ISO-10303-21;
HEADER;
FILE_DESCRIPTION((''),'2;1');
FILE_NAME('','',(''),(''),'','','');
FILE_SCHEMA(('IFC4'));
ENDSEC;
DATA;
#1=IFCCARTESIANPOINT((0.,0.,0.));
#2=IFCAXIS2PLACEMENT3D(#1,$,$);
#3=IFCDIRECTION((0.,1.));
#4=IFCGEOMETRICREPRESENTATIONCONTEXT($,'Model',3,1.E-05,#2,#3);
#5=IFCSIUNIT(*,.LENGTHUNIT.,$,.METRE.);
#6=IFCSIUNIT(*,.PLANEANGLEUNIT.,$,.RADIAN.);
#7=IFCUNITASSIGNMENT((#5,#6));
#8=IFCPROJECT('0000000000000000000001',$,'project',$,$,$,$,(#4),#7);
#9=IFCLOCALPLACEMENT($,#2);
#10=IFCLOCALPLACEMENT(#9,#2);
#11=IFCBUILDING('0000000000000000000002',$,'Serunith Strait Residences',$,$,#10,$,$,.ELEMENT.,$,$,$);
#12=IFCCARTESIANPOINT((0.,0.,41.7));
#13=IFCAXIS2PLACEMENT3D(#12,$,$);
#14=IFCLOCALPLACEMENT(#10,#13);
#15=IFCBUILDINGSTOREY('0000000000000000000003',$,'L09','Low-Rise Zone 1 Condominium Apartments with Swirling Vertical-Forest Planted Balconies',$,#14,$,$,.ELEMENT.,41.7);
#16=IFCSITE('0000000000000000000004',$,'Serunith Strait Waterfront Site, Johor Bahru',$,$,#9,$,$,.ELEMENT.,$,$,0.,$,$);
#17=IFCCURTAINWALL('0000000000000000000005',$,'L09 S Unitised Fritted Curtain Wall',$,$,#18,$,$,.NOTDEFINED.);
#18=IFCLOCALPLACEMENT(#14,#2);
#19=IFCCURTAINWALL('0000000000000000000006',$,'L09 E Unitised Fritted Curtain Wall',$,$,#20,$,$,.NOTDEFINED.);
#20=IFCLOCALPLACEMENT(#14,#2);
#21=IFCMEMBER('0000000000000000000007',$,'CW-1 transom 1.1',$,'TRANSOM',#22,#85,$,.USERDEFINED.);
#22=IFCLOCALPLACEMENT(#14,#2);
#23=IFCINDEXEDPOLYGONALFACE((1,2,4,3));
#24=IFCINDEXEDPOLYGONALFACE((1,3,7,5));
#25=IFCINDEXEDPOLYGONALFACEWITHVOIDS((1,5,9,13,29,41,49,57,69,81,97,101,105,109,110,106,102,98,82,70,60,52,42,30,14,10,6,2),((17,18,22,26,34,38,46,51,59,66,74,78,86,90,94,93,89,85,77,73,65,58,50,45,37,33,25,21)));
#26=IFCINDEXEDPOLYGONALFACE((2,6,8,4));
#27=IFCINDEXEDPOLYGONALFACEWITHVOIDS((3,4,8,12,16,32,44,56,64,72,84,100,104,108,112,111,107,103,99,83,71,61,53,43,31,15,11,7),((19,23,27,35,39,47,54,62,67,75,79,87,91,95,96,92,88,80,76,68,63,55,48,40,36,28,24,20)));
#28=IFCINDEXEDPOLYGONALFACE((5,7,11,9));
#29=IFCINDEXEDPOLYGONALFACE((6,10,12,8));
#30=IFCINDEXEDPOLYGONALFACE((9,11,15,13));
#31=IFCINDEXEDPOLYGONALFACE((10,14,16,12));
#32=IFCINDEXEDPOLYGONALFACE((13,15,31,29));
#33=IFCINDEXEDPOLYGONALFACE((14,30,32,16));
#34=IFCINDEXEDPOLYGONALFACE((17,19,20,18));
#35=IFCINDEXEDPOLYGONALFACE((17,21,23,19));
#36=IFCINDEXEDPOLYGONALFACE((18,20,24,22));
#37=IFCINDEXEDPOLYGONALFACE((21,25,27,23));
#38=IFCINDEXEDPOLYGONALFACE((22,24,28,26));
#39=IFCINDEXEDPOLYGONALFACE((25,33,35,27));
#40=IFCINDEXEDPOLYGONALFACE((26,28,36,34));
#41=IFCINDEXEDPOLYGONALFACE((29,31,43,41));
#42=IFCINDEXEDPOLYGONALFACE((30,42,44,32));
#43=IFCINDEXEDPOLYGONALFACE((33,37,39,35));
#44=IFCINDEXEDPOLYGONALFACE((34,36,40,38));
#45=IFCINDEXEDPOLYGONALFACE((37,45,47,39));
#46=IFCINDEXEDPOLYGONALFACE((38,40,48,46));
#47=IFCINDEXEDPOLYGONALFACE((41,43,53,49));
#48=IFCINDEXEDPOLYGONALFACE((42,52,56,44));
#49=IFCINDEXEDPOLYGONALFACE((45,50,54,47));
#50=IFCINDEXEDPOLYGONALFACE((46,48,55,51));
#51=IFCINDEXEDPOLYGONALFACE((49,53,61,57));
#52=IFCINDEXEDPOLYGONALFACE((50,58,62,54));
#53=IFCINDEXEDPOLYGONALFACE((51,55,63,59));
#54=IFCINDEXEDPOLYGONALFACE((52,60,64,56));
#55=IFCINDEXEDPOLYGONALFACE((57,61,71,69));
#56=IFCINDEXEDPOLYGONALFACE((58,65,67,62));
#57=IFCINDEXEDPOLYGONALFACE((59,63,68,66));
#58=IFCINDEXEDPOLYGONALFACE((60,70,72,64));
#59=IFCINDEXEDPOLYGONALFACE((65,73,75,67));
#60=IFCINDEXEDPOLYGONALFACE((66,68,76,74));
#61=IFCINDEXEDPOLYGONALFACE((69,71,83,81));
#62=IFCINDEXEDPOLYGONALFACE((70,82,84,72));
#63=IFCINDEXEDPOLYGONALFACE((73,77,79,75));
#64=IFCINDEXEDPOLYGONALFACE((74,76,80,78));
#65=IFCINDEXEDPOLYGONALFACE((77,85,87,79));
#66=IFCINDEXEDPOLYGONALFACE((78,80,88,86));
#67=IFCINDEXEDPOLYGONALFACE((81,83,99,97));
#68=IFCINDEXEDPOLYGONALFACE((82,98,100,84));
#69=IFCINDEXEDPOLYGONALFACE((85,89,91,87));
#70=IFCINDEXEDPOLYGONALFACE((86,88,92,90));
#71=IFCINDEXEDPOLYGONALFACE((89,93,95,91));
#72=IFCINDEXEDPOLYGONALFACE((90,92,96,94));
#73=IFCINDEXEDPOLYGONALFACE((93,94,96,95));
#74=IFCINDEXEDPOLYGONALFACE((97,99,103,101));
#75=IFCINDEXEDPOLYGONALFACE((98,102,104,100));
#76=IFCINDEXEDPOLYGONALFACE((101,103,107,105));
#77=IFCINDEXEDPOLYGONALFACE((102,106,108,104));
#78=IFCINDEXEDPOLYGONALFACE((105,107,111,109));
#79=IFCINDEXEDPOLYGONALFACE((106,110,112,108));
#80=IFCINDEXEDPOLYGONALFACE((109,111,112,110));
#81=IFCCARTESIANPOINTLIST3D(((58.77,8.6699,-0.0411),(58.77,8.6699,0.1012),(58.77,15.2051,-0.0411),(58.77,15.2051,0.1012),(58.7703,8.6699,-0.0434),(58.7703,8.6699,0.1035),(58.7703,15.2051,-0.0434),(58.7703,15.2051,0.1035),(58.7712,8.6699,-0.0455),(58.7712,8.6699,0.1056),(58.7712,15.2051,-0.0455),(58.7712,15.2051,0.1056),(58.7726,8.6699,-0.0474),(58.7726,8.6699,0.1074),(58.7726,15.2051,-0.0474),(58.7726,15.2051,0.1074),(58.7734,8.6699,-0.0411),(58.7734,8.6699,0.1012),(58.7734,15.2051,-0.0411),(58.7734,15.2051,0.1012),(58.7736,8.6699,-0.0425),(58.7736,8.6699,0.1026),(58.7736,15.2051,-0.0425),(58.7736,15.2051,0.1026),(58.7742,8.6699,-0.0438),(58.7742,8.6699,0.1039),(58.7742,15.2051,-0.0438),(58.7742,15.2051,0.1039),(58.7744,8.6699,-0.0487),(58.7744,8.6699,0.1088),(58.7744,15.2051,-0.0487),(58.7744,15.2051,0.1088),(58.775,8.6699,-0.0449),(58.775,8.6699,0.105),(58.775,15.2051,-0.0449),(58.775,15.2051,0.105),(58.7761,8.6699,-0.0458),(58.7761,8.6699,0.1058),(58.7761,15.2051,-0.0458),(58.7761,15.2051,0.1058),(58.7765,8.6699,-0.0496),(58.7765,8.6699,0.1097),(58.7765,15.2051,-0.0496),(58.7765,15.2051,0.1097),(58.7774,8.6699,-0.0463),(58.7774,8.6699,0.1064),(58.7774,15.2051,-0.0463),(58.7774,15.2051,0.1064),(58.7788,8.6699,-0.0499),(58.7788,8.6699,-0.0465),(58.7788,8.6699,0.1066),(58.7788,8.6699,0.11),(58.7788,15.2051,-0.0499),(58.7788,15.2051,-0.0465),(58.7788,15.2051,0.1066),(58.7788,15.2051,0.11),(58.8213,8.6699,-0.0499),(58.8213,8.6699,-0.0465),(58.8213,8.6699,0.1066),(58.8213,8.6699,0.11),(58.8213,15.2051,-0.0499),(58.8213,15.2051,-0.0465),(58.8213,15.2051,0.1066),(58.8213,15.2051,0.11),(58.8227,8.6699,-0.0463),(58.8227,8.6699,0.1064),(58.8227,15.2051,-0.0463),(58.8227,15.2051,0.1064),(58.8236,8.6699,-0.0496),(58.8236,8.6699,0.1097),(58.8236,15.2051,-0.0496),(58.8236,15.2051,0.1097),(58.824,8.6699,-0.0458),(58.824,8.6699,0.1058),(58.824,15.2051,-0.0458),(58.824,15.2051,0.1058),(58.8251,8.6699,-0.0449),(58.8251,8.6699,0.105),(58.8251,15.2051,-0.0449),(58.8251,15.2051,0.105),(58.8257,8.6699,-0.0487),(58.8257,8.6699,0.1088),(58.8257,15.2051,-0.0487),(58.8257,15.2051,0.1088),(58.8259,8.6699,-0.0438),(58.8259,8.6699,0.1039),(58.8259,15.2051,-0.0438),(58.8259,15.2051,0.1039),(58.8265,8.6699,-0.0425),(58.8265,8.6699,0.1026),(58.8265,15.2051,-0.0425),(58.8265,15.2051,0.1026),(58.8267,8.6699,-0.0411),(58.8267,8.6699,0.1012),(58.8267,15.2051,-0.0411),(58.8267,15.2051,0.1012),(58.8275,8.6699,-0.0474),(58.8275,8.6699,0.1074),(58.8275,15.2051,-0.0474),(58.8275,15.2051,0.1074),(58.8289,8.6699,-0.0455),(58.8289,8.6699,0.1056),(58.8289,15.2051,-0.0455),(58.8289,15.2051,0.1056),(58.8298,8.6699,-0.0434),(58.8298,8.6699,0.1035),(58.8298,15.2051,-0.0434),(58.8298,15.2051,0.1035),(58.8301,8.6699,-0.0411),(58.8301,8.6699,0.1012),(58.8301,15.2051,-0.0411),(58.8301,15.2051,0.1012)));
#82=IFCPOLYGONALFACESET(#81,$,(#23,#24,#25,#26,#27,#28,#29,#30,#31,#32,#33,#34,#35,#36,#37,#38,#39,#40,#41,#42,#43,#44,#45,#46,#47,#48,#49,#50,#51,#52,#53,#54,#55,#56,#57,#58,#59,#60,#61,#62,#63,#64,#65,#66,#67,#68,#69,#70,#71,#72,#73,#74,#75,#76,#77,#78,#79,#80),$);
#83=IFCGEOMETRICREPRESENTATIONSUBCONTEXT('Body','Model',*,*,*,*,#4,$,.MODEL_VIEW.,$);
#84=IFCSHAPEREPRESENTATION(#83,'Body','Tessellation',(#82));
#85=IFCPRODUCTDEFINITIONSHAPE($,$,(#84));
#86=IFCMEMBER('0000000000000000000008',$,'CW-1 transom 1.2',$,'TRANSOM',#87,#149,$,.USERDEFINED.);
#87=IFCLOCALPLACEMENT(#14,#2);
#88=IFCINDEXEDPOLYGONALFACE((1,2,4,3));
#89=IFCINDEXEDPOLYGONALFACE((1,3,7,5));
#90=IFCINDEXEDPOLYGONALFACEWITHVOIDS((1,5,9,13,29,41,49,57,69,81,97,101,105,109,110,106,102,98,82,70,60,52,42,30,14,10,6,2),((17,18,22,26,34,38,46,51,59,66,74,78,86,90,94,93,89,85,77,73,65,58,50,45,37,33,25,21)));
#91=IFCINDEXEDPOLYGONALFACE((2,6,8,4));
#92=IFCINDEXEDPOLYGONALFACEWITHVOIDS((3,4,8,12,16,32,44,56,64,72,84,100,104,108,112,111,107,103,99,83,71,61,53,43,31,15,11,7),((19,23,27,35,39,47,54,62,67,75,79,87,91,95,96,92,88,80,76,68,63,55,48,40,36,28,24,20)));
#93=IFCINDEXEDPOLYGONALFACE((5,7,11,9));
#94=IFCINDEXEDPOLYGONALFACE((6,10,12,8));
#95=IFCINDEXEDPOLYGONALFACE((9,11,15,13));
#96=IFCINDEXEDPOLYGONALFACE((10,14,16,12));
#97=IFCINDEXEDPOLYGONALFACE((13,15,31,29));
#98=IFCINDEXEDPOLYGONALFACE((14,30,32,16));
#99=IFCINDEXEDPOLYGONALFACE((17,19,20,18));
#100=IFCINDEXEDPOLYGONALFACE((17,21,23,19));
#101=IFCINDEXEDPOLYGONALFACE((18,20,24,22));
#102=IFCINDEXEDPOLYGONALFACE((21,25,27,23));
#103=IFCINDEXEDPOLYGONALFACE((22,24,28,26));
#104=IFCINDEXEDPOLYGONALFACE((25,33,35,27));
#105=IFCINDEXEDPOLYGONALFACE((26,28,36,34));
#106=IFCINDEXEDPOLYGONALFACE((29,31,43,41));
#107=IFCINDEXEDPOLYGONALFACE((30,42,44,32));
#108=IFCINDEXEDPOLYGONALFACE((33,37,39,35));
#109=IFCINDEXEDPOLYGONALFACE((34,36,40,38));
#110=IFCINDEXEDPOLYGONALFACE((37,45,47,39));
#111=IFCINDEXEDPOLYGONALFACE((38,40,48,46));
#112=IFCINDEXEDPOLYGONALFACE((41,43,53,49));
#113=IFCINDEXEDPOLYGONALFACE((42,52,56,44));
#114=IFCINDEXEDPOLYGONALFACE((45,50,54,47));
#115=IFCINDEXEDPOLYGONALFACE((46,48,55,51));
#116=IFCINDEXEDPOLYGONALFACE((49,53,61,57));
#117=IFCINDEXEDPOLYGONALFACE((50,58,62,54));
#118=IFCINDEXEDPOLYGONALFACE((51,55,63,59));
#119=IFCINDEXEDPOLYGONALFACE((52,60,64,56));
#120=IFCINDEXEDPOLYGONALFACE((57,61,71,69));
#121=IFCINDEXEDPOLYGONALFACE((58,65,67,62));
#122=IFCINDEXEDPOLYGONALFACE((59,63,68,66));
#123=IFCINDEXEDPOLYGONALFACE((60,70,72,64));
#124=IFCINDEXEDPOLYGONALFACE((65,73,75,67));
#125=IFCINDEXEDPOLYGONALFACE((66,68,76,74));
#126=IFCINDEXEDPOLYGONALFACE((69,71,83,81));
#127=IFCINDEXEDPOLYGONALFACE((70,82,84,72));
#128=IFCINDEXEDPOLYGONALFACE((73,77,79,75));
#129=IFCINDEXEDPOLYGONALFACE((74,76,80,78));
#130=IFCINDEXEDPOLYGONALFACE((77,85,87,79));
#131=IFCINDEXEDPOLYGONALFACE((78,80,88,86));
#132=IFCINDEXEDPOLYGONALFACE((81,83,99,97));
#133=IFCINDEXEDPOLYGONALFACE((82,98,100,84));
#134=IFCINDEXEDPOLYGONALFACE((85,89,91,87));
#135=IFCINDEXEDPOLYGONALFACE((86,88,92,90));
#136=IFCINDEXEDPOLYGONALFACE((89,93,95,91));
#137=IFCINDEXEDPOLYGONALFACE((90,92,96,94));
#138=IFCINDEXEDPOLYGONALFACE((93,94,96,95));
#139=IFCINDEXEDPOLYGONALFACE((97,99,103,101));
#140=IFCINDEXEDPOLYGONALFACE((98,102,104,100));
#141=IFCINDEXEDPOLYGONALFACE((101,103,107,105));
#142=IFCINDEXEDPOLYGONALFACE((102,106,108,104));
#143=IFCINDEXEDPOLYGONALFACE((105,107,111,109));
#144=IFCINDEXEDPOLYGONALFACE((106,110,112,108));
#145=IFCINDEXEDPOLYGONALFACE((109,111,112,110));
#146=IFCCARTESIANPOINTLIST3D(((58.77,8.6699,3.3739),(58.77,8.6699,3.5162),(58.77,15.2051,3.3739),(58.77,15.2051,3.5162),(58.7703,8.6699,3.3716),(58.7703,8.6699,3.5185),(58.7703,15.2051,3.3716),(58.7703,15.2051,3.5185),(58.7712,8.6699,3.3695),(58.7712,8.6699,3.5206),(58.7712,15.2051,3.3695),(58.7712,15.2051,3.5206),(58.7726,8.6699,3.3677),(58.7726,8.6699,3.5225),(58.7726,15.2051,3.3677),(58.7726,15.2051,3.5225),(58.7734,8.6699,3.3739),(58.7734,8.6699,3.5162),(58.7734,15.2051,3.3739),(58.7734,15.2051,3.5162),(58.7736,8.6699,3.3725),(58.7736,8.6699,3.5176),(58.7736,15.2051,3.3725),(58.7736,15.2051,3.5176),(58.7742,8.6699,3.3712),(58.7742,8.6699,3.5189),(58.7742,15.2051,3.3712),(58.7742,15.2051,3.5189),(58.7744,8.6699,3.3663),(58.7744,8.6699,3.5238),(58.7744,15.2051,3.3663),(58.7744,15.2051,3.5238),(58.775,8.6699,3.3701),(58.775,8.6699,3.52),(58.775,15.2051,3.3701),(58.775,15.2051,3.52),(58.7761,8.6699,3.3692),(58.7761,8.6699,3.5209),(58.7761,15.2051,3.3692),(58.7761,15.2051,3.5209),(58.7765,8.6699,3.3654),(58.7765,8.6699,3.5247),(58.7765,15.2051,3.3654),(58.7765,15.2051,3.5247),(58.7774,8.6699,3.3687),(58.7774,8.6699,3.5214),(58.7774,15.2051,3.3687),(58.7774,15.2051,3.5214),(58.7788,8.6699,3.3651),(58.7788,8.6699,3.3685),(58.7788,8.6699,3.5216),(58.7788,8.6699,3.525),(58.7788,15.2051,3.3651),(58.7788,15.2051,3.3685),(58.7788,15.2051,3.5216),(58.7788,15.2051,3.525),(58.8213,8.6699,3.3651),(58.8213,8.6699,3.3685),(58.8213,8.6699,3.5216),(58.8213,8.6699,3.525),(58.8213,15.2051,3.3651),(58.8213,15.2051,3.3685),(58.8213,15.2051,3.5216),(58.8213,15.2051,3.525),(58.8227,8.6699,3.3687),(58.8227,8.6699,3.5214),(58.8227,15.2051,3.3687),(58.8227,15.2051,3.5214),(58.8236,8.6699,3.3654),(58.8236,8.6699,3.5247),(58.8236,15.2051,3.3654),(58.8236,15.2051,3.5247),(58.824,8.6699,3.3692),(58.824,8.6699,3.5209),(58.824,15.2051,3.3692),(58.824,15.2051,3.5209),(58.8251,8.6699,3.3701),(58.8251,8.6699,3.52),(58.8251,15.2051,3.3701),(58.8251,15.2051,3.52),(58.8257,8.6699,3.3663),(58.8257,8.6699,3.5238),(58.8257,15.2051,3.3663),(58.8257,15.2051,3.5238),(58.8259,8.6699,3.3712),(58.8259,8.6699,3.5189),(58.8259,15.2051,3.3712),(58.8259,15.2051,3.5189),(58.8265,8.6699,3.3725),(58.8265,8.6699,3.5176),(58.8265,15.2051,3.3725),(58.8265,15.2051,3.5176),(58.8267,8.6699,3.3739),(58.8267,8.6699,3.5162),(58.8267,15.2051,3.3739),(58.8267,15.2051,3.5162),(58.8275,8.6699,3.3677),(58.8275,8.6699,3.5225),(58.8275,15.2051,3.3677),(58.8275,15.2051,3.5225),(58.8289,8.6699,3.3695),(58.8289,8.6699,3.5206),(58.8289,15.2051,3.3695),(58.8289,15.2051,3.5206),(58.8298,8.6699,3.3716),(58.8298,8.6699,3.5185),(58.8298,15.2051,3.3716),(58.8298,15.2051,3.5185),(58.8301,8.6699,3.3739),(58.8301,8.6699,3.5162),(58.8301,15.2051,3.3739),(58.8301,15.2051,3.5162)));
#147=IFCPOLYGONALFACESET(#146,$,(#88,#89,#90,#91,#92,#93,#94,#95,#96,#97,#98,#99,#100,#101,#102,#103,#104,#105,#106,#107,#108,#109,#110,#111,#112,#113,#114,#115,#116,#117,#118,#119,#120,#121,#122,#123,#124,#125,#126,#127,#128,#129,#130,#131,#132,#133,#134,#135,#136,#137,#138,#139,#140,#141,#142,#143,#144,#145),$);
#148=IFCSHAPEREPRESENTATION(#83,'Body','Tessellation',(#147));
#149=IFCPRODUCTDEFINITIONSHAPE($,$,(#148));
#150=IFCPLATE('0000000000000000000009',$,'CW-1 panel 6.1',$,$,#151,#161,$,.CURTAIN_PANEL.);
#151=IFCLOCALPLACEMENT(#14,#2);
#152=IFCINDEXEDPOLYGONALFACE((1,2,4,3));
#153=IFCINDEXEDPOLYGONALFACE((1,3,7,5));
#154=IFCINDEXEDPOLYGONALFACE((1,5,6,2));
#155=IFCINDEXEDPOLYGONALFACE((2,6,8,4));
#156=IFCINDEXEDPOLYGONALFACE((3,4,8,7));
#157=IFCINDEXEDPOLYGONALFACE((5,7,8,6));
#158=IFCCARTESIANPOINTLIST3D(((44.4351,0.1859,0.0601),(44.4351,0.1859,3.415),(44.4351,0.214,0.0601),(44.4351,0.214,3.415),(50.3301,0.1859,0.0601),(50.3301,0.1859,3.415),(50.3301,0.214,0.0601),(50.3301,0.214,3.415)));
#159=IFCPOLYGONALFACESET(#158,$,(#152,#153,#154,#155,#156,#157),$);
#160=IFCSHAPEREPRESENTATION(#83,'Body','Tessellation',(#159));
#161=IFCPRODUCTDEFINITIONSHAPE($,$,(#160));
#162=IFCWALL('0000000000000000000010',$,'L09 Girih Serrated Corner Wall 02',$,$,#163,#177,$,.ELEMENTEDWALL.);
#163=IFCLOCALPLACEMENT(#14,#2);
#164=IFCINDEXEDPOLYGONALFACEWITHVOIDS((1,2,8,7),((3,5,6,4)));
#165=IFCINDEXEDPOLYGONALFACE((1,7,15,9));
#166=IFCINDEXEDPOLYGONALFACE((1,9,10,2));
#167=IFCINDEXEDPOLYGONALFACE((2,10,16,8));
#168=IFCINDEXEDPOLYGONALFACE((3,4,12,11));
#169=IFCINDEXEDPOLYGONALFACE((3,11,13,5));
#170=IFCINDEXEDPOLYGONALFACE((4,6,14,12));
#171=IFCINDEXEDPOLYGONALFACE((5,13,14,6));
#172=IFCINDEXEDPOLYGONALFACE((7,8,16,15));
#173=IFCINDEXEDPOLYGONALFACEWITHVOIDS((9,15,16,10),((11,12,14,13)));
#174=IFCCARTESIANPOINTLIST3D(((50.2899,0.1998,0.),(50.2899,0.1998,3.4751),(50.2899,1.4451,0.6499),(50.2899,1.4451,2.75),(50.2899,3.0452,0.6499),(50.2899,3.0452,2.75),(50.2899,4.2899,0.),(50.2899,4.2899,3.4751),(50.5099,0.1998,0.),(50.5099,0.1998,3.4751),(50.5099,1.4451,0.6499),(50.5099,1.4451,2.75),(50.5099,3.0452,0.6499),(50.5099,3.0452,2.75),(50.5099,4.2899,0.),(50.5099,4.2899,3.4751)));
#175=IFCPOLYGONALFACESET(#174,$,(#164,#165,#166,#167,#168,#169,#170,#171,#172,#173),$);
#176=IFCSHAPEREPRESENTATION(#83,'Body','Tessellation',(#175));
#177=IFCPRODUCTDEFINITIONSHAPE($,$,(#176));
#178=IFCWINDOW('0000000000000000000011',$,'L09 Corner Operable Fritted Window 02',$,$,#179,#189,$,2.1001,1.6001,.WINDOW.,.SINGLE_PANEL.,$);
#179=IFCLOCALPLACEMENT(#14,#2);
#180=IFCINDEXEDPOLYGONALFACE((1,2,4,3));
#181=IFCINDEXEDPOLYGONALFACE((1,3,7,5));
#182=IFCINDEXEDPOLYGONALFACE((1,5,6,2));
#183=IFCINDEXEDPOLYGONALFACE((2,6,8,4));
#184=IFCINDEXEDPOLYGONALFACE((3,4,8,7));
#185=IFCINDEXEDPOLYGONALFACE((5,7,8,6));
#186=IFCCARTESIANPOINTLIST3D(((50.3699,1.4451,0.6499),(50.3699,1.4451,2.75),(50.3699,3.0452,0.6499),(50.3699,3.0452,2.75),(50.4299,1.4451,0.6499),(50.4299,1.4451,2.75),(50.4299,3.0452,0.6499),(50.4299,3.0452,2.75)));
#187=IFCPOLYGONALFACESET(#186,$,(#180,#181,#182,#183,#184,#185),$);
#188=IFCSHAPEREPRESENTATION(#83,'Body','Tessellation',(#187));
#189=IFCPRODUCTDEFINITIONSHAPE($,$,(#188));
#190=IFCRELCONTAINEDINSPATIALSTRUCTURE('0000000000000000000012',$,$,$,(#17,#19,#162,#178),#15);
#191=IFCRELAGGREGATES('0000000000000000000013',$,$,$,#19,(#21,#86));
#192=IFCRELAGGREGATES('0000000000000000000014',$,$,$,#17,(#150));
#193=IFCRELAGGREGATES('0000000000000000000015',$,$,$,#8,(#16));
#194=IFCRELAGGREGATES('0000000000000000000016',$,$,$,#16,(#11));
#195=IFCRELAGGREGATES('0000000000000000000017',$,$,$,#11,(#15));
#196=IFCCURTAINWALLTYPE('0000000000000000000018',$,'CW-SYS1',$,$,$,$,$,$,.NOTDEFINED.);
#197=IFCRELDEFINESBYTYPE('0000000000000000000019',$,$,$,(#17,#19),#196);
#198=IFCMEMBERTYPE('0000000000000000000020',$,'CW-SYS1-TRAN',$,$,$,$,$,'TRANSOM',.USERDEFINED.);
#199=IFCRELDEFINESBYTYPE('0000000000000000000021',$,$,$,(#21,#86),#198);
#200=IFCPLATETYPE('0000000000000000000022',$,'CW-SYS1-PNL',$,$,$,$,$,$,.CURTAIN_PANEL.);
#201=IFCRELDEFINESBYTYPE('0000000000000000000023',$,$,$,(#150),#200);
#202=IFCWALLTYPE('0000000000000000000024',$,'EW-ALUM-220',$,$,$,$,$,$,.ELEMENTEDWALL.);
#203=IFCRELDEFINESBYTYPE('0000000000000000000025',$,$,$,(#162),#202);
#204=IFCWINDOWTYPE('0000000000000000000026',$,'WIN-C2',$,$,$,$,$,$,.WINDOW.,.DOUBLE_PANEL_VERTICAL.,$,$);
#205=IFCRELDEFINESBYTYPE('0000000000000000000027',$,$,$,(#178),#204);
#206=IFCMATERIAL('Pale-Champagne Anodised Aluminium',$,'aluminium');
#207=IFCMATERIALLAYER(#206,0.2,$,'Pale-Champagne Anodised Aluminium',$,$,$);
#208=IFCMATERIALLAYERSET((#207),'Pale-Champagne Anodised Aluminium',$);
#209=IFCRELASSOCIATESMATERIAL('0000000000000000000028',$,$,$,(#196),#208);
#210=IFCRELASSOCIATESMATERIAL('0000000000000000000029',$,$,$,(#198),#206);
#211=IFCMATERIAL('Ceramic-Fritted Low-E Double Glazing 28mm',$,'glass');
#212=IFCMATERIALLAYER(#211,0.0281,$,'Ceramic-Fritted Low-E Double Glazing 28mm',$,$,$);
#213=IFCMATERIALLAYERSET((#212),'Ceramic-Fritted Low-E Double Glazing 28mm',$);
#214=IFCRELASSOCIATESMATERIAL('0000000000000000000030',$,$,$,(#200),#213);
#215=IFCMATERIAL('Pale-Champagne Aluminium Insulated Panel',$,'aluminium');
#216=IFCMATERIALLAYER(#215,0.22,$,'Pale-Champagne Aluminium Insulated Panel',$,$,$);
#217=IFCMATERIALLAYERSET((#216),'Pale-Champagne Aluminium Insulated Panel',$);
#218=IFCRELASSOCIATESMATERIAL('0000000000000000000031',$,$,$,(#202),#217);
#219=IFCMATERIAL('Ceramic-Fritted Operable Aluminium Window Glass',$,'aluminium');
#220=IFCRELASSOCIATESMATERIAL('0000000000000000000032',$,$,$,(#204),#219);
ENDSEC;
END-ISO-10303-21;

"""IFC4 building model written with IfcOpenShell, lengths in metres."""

from ifc_helpers import new_model, si_unit, direction, frame, frame_2d, origin, origin_2d, place, context, subcontext, project, spatial, rectangle, hollow_rectangle, extrude, source, transform, mapped, material, layer, layer_set, material_profile, profile_set, type_object, element, fill, aggregate, save


model = new_model("IFC4")

# Units and contexts
model_context = context("Model", 3, precision=1e-05, world=origin(), true_north=direction((0.0, 1.0)))
body_context = subcontext(model_context, "Body", "Model", "MODEL_VIEW")
ifc_project = project(units=[si_unit("LENGTHUNIT", "METRE"), si_unit("PLANEANGLEUNIT", "RADIAN")], contexts=[model_context])

# Site, building, storey
site_placement = place(None, origin())
site = spatial("IfcSite", under=ifc_project, at=site_placement, Name="Serunith Strait Waterfront Site, Johor Bahru", CompositionType="ELEMENT", RefElevation=0.0)
building_placement = place(site_placement, origin())
building = spatial("IfcBuilding", under=site, at=building_placement, Name="Serunith Strait Residences", CompositionType="ELEMENT")
storey_placement = place(building_placement, frame((0.0, 0.0, 41.7)))
storey = spatial("IfcBuildingStorey", under=building, at=storey_placement, Name="L09", Description="Low-Rise Zone 1 Condominium Apartments with Swirling Vertical-Forest Planted Balconies", CompositionType="ELEMENT", Elevation=41.7)

# Curtain wall
ifc_material_1 = material(Name="Pale-Champagne Anodised Aluminium", Category="aluminium")
ifc_layer_1 = layer(ifc_material_1, 0.2, Name="Pale-Champagne Anodised Aluminium")
ifc_layer_set_1 = layer_set([ifc_layer_1], Name="Pale-Champagne Anodised Aluminium")
curtain_wall_type = type_object("IfcCurtainWallType", Name="CW-SYS1", PredefinedType="NOTDEFINED", material=ifc_layer_set_1)
curtain_wall_1_placement = place(storey_placement, origin())
curtain_wall_1 = element("IfcCurtainWall", 1, at=curtain_wall_1_placement, inside=storey, type_object=curtain_wall_type, Name="L09 S Unitised Fritted Curtain Wall", PredefinedType="NOTDEFINED")

# Curtain wall
curtain_wall_2_placement = place(storey_placement, origin())
curtain_wall_2 = element("IfcCurtainWall", 2, at=curtain_wall_2_placement, inside=storey, type_object=curtain_wall_type, Name="L09 E Unitised Fritted Curtain Wall", PredefinedType="NOTDEFINED")

# Members
ifc_material_profile_1 = material_profile(ifc_material_1, hollow_rectangle(XDim=0.0601, YDim=0.1599, WallThickness=0.0034, InnerFilletRadius=0.0054, OuterFilletRadius=0.0088, at=origin_2d()), Name="ALU 160x60x3.5")
ifc_profile_set_1 = profile_set([ifc_material_profile_1], Name="Pale-Champagne Anodised Aluminium")
member_type_1 = type_object("IfcMemberType", Name="CW-SYS1-TRAN", ElementType="TRANSOM", PredefinedType="USERDEFINED", material=ifc_profile_set_1)
shared_shape_1 = source(origin(), body_context, "Body", "SweptSolid", [
    extrude(hollow_rectangle(XDim=0.0601, YDim=0.1599, WallThickness=0.0034, InnerFilletRadius=0.0054, OuterFilletRadius=0.0088, at=origin_2d()), origin(), (0.0, 0.0, 1.0), 6.5352),
])
member_1_placement = place(storey_placement, frame((58.8, 8.6699, 0.03), z_axis=(0.0, 1.0, 0.0), x_axis=(-1.0, 0.0, 0.0)))
member_1 = element("IfcMember", 3, at=member_1_placement, type_object=member_type_1, Name="CW-1 transom 1.1", ObjectType="TRANSOM", PredefinedType="USERDEFINED", context=body_context, shape_type="MappedRepresentation", body=[
    mapped(shared_shape_1, transform((0.0, 0.0, 0.0), scale=1.0)),
])
member_2_placement = place(storey_placement, frame((58.8, 8.6699, 3.4451), z_axis=(0.0, 1.0, 0.0), x_axis=(-1.0, 0.0, 0.0)))
member_2 = element("IfcMember", 4, at=member_2_placement, type_object=member_type_1, Name="CW-1 transom 1.2", ObjectType="TRANSOM", PredefinedType="USERDEFINED", context=body_context, shape_type="MappedRepresentation", body=[
    mapped(shared_shape_1, transform((0.0, 0.0, 0.0), scale=1.0)),
])
aggregate(curtain_wall_2, [member_1, member_2])

# Plate
ifc_material_2 = material(Name="Ceramic-Fritted Low-E Double Glazing 28mm", Category="glass")
ifc_layer_2 = layer(ifc_material_2, 0.0281, Name="Ceramic-Fritted Low-E Double Glazing 28mm")
ifc_layer_set_2 = layer_set([ifc_layer_2], Name="Ceramic-Fritted Low-E Double Glazing 28mm")
plate_type = type_object("IfcPlateType", Name="CW-SYS1-PNL", PredefinedType="CURTAIN_PANEL", material=ifc_layer_set_2)
shared_shape_2 = source(origin(), body_context, "Body", "SweptSolid", [
    extrude(rectangle(XDim=5.895, YDim=0.0281, at=origin_2d()), origin(), (0.0, 0.0, 1.0), 3.355),
])
plate_placement = place(storey_placement, frame((47.3826, 0.2, 0.0601), z_axis=(0.0, 0.0, 1.0), x_axis=(1.0, 0.0, 0.0)))
plate = element("IfcPlate", 5, at=plate_placement, type_object=plate_type, Name="CW-1 panel 6.1", PredefinedType="CURTAIN_PANEL", context=body_context, shape_type="MappedRepresentation", body=[
    mapped(shared_shape_2, transform((0.0, 0.0, 0.0), scale=1.0)),
])
aggregate(curtain_wall_1, [plate])

# Wall, opening, window
ifc_material_3 = material(Name="Pale-Champagne Aluminium Insulated Panel", Category="aluminium")
ifc_layer_3 = layer(ifc_material_3, 0.22, Name="Pale-Champagne Aluminium Insulated Panel")
ifc_layer_set_3 = layer_set([ifc_layer_3], Name="Pale-Champagne Aluminium Insulated Panel")
wall_type_1 = type_object("IfcWallType", Name="EW-ALUM-220", PredefinedType="ELEMENTEDWALL", material=ifc_layer_set_3)
wall_1_placement = place(storey_placement, frame((50.3999, 0.2, 0.0), z_axis=(0.0, 0.0, 1.0), x_axis=(0.0, 1.0, 0.0)))
wall_1 = element("IfcWall", 6, at=wall_1_placement, inside=storey, type_object=wall_type_1, Name="L09 Girih Serrated Corner Wall 02", PredefinedType="ELEMENTEDWALL", context=body_context, shape_type="SweptSolid", body=[
    extrude(rectangle(XDim=4.0901, YDim=0.22, at=frame_2d((2.0449, 0.0))), origin(), (0.0, 0.0, 1.0), 3.4751),
])
opening_1_placement = place(wall_1_placement, frame((1.2451, 0.0, 0.6499)))
opening_1 = element("IfcOpeningElement", 7, at=opening_1_placement, cuts=wall_1, PredefinedType="OPENING", context=body_context, shape_type="SweptSolid", body=[
    extrude(rectangle(XDim=1.6001, YDim=2.1001, at=frame_2d((0.8, 1.05))), frame((0.0, 0.1201, 0.0), z_axis=(0.0, -1.0, 0.0), x_axis=(1.0, 0.0, 0.0)), (0.0, 0.0, 1.0), 0.24),
])
ifc_material_4 = material(Name="Ceramic-Fritted Operable Aluminium Window Glass", Category="aluminium")
window_type = type_object("IfcWindowType", Name="WIN-C2", PartitioningType="DOUBLE_PANEL_VERTICAL", PredefinedType="WINDOW", material=ifc_material_4)
shared_shape_3 = source(origin(), body_context, "Body", "SweptSolid", [
    extrude(rectangle(XDim=1.6001, YDim=2.1001, at=frame_2d((0.8, 1.05))), frame((0.0, 0.03, 0.0), z_axis=(0.0, -1.0, 0.0), x_axis=(1.0, 0.0, 0.0)), (0.0, 0.0, 1.0), 0.0601),
])
window_1_placement = place(opening_1_placement, origin())
window_1 = element("IfcWindow", 8, at=window_1_placement, inside=storey, type_object=window_type, Name="L09 Corner Operable Fritted Window 02", OverallHeight=2.1001, OverallWidth=1.6001, PartitioningType="SINGLE_PANEL", PredefinedType="WINDOW", context=body_context, shape_type="MappedRepresentation", body=[
    mapped(shared_shape_3, transform((0.0, 0.0, 0.0), scale=1.0)),
])
fill(opening_1, window_1)

save(model, "model.ifc")
